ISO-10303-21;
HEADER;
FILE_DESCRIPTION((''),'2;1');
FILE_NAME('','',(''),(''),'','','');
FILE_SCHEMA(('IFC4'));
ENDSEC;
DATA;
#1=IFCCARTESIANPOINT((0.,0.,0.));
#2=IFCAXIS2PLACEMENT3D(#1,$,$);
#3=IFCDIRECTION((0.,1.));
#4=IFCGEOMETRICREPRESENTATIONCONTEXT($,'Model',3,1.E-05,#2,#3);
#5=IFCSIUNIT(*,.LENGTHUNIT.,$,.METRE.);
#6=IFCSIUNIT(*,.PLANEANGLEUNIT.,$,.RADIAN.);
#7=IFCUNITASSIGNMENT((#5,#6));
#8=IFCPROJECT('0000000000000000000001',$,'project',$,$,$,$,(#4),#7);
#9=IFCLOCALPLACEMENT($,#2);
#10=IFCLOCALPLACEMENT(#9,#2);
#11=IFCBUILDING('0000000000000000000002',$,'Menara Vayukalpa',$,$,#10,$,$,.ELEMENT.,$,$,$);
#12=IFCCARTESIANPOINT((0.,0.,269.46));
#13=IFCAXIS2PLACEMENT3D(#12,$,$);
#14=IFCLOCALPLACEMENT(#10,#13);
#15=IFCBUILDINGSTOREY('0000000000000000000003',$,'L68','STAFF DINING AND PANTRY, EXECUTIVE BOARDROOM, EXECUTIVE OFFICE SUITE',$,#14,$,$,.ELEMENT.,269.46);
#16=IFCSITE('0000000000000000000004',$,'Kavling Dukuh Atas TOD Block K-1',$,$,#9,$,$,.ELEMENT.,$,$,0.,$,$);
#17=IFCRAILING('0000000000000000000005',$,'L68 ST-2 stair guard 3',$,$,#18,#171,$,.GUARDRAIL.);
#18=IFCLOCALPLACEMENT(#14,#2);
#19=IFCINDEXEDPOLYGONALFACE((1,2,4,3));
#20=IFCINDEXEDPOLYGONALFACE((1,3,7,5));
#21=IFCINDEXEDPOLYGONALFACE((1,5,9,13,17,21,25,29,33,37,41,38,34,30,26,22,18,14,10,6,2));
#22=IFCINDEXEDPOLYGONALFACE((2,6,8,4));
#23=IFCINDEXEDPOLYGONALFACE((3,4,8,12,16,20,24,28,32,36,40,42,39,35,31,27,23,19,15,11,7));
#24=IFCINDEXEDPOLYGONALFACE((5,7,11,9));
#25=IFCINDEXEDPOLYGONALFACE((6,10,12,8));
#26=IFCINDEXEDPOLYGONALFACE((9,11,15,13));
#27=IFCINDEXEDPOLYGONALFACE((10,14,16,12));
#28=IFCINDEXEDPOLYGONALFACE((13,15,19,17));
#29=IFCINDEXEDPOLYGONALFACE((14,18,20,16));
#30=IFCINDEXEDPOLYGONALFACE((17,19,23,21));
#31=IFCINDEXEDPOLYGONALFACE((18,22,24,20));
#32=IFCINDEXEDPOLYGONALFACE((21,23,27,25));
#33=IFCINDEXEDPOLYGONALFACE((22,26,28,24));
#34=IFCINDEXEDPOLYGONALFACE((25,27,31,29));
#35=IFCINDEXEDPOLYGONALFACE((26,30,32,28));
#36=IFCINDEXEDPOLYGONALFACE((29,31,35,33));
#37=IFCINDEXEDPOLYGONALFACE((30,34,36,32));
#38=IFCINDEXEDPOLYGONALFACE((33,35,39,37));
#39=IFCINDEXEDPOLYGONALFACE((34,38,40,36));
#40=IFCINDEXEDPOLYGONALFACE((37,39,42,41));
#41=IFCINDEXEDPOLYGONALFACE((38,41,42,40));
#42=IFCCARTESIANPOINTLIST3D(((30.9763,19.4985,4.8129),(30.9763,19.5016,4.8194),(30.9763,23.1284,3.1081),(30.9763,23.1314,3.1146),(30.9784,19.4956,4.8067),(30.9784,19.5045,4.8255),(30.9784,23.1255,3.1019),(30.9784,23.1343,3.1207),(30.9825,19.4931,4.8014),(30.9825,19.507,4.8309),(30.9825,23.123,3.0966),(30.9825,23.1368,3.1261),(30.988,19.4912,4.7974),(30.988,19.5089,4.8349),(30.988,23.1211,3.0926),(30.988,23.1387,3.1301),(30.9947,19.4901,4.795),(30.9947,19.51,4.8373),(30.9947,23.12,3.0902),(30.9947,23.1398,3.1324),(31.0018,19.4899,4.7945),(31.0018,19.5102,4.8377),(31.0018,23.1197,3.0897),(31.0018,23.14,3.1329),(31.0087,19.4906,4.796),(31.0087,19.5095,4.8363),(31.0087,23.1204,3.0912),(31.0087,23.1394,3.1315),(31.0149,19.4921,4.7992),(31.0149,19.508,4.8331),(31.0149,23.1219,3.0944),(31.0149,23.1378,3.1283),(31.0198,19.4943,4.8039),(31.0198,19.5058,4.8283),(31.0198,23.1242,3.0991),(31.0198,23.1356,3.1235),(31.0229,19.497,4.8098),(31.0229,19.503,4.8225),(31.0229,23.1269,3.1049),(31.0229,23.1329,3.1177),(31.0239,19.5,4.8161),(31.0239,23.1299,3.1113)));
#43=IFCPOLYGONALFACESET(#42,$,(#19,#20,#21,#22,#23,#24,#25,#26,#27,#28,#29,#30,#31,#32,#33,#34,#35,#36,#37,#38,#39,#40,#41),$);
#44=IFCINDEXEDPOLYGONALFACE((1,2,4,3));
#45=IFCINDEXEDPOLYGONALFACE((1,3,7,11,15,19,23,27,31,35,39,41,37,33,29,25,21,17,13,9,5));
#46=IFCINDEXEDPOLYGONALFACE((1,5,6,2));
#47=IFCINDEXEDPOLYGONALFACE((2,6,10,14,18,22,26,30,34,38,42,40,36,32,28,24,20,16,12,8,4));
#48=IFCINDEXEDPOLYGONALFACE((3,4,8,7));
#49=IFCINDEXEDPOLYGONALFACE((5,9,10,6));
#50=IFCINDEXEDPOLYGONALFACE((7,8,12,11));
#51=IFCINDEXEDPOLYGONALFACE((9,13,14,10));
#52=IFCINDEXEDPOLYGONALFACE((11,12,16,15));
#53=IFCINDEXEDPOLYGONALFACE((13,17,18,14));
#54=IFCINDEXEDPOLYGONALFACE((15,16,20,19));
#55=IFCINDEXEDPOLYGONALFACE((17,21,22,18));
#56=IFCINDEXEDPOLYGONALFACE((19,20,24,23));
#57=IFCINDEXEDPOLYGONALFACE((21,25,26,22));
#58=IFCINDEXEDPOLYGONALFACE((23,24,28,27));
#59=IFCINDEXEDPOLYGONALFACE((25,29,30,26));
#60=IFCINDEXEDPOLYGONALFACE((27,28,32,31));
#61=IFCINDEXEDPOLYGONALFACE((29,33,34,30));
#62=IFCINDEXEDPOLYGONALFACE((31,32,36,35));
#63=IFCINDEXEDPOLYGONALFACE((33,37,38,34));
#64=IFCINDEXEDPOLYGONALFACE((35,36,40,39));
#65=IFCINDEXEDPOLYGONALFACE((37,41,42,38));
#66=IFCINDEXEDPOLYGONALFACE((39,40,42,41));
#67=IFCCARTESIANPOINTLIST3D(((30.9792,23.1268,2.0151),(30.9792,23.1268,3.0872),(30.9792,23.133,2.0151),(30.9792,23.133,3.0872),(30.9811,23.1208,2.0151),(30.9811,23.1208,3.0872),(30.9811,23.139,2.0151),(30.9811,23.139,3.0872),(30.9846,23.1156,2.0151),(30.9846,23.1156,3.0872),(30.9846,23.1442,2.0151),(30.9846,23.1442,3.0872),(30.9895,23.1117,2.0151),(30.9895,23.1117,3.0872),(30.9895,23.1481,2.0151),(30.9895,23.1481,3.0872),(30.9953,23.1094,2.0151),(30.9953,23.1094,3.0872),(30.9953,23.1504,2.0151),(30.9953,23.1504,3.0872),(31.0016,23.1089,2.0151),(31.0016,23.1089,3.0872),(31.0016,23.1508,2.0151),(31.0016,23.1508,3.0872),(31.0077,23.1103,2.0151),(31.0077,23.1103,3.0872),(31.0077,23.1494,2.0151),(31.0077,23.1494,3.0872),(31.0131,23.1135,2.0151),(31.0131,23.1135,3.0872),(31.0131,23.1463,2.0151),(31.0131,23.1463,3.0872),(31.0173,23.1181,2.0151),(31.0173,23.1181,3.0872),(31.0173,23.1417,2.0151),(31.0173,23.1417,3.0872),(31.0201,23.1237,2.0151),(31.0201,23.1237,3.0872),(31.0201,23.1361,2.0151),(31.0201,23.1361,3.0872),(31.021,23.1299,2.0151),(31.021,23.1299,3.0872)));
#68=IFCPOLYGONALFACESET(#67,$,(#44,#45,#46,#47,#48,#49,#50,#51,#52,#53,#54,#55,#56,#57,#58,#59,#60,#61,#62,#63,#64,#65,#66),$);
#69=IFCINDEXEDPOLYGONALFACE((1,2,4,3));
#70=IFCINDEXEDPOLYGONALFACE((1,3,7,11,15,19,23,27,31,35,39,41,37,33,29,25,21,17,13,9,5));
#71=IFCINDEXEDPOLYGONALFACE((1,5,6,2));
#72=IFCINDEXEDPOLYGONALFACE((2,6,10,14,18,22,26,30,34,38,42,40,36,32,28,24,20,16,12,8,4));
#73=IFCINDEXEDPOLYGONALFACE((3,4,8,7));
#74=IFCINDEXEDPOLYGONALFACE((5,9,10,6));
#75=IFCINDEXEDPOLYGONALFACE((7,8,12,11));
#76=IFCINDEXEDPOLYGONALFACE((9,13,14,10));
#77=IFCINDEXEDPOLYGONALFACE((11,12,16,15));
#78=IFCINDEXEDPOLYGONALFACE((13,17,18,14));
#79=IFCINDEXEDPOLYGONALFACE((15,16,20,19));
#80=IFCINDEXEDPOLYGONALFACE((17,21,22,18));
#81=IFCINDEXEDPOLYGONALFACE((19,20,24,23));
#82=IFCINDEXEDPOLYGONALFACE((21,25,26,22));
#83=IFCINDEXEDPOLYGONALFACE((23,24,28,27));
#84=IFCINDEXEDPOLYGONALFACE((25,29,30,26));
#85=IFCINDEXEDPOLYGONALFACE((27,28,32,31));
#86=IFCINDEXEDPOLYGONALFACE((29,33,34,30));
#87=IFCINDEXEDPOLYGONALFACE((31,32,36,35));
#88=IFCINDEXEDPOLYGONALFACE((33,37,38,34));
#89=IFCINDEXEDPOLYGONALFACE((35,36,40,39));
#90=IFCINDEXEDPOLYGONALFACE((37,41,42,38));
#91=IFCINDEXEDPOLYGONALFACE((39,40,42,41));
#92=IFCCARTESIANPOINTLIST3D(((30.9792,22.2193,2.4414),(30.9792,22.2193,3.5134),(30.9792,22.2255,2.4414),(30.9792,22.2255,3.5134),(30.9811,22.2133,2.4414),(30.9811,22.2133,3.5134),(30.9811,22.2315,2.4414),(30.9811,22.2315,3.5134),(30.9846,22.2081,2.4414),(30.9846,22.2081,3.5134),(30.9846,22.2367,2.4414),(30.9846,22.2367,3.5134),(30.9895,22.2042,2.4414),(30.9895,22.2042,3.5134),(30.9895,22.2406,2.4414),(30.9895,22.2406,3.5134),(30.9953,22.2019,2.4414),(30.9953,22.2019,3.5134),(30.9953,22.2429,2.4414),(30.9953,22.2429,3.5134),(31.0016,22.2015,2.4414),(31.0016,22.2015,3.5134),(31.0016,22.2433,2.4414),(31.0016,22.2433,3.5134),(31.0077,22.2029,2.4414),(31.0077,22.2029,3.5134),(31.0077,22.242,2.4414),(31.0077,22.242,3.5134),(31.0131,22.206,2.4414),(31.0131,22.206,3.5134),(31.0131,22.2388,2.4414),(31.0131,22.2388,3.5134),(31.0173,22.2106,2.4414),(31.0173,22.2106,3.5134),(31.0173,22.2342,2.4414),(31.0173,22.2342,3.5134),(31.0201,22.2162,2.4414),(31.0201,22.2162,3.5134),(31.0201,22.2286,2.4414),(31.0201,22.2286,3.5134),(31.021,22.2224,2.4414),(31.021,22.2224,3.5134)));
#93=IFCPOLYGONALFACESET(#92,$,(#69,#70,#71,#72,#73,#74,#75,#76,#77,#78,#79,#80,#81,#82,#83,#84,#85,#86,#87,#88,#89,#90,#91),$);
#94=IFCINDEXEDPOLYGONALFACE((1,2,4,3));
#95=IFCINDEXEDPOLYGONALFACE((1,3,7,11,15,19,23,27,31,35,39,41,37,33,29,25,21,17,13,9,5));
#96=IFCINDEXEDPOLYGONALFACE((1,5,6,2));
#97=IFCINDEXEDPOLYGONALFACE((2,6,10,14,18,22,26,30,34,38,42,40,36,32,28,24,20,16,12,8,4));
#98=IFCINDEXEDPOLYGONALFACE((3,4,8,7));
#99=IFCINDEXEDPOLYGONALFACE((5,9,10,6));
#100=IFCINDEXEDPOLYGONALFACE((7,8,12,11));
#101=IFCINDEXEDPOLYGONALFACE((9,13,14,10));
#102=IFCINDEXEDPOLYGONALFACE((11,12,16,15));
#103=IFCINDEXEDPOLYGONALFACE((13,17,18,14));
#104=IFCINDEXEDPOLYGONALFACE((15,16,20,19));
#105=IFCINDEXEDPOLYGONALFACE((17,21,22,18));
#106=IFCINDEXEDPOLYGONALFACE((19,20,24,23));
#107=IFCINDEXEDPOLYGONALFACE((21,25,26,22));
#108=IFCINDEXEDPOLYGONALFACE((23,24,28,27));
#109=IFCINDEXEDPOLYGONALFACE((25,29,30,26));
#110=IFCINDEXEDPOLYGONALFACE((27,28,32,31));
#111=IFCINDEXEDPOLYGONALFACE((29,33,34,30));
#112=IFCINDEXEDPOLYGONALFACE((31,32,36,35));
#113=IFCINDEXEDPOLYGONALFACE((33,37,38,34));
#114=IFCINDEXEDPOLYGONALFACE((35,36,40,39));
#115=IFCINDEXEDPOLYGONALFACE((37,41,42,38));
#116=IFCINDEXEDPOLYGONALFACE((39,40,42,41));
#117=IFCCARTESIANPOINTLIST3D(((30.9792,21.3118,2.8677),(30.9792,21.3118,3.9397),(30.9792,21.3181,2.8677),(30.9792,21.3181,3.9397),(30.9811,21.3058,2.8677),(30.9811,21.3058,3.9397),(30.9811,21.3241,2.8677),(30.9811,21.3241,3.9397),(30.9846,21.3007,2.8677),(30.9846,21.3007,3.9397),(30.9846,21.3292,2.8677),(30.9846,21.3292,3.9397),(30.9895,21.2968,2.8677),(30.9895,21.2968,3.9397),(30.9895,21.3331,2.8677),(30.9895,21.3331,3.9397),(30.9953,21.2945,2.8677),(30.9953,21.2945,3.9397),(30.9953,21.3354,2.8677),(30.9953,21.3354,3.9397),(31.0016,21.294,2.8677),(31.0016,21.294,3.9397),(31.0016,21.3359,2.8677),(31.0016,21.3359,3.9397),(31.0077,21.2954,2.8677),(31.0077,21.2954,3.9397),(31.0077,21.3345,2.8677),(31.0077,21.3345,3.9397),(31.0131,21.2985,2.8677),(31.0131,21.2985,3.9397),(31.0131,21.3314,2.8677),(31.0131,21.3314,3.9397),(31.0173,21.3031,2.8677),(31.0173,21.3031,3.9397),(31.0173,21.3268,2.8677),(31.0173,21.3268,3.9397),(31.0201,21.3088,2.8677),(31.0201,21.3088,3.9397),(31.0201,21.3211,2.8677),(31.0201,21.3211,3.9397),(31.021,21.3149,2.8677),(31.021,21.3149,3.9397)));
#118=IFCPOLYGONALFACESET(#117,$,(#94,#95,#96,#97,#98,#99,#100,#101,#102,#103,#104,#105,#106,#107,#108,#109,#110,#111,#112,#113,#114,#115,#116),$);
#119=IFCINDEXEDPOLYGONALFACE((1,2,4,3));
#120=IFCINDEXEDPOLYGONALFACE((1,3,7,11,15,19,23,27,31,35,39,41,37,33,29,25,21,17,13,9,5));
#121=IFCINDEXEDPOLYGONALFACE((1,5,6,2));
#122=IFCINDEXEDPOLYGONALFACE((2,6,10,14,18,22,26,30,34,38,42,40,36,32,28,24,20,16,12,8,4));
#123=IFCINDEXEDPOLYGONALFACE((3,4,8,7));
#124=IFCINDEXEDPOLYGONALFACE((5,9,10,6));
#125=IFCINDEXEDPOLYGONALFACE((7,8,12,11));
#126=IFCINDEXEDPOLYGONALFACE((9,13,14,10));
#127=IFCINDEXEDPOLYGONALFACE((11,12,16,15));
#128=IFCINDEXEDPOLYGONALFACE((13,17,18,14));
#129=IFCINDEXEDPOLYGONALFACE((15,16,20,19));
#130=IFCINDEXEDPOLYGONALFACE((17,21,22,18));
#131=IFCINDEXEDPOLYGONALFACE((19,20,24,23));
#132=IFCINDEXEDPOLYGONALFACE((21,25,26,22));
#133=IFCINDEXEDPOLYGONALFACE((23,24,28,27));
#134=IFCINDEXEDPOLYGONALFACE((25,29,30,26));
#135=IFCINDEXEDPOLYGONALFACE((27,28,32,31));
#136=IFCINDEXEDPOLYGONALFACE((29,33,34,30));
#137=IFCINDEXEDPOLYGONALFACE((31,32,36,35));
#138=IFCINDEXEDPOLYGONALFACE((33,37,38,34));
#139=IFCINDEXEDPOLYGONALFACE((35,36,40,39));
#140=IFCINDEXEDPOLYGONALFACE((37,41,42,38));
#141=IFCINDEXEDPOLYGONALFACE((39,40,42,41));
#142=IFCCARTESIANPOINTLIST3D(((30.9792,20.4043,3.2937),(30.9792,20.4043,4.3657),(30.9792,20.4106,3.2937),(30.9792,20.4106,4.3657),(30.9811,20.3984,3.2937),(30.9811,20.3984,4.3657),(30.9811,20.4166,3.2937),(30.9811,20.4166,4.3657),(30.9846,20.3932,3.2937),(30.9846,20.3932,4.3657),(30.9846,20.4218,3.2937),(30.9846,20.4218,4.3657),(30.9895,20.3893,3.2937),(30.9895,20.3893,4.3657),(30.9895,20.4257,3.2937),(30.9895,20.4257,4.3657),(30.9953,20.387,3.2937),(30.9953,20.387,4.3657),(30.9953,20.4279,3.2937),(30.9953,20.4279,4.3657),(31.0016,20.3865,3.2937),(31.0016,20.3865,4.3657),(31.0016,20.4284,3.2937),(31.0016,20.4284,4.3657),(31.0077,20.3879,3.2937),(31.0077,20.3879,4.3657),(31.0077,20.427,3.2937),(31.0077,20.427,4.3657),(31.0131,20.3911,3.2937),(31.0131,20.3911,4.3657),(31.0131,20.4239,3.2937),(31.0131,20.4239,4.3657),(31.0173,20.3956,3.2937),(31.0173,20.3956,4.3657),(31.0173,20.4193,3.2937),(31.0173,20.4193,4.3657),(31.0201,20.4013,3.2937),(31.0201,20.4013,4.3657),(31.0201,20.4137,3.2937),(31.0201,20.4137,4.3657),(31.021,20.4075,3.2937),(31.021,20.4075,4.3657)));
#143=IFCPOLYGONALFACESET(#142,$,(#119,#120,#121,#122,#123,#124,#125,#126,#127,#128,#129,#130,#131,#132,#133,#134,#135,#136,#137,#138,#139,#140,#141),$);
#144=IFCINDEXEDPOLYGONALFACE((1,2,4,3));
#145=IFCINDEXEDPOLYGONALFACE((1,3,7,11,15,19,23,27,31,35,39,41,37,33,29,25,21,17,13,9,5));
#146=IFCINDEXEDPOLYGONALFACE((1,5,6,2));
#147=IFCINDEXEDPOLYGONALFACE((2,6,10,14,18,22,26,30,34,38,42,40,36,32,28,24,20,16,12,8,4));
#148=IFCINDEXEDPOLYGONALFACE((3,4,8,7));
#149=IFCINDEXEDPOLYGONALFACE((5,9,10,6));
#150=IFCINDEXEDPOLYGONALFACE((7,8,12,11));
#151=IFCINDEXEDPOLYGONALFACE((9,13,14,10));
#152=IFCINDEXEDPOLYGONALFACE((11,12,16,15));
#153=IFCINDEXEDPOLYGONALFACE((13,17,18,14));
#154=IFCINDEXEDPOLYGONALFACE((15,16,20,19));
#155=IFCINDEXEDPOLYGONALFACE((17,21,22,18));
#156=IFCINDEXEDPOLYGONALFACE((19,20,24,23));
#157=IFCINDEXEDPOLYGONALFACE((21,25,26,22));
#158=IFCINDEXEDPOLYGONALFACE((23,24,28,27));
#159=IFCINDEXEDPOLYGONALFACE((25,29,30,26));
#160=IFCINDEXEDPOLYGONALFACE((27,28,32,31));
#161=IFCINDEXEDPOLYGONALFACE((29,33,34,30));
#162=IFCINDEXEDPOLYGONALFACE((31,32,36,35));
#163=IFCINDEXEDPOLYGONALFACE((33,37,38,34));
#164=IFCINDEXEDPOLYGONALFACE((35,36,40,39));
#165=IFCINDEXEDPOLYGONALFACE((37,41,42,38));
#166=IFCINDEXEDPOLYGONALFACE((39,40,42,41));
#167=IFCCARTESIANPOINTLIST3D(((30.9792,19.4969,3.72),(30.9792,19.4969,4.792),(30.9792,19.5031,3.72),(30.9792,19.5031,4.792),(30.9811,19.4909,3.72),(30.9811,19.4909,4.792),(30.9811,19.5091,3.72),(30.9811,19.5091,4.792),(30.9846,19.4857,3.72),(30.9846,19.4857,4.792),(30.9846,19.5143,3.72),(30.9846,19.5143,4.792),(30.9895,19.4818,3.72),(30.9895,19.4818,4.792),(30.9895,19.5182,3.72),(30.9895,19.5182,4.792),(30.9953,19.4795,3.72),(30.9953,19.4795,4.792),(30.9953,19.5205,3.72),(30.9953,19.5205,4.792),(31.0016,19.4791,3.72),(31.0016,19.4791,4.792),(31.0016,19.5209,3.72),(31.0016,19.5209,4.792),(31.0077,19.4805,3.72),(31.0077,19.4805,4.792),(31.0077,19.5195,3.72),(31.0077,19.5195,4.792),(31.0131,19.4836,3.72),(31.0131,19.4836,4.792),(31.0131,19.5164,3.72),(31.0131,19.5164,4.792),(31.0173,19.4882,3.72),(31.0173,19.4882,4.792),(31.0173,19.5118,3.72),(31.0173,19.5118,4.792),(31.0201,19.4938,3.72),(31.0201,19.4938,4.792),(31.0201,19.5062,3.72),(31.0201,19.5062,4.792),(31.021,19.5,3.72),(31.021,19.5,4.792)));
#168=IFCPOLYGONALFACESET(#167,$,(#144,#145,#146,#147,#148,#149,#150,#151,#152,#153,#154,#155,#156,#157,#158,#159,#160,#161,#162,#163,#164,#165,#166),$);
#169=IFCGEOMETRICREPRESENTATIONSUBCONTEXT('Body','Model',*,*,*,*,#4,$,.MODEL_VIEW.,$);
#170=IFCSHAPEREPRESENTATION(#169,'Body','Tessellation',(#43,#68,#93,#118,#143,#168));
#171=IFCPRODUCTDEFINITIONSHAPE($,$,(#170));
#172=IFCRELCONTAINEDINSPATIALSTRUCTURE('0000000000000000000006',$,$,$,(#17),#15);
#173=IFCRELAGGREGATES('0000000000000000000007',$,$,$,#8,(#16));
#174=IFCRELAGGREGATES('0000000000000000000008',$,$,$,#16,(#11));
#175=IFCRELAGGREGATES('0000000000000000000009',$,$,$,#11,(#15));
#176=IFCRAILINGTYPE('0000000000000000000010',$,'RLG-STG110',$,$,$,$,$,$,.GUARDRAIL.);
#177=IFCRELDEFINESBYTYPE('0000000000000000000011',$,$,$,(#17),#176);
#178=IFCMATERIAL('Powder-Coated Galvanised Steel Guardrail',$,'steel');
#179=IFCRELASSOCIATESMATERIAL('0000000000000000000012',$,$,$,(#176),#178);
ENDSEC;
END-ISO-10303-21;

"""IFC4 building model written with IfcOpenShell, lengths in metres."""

from ifc_helpers import new_model, si_unit, direction, frame, origin, origin_2d, place, context, subcontext, project, spatial, circle, extrude, material, type_object, element, save


model = new_model("IFC4")

# Units and contexts
model_context = context("Model", 3, precision=1e-05, world=origin(), true_north=direction((0.0, 1.0)))
body_context = subcontext(model_context, "Body", "Model", "MODEL_VIEW")
ifc_project = project(units=[si_unit("LENGTHUNIT", "METRE"), si_unit("PLANEANGLEUNIT", "RADIAN")], contexts=[model_context])

# Site, building, storey
site_placement = place(None, origin())
site = spatial("IfcSite", under=ifc_project, at=site_placement, Name="Kavling Dukuh Atas TOD Block K-1", CompositionType="ELEMENT", RefElevation=0.0)
building_placement = place(site_placement, origin())
building = spatial("IfcBuilding", under=site, at=building_placement, Name="Menara Vayukalpa", CompositionType="ELEMENT")
storey_placement = place(building_placement, frame((0.0, 0.0, 269.46)))
storey = spatial("IfcBuildingStorey", under=building, at=storey_placement, Name="L68", Description="STAFF DINING AND PANTRY, EXECUTIVE BOARDROOM, EXECUTIVE OFFICE SUITE", CompositionType="ELEMENT", Elevation=269.46)

# Railing
ifc_material_1 = material(Name="Powder-Coated Galvanised Steel Guardrail", Category="steel")
railing_type_1 = type_object("IfcRailingType", Name="RLG-STG110", PredefinedType="GUARDRAIL", material=ifc_material_1)
railing_1_placement = place(storey_placement, frame((31.0, 23.1299, 2.0151)))
element("IfcRailing", 1, at=railing_1_placement, inside=storey, type_object=railing_type_1, Name="L68 ST-2 stair guard 3", PredefinedType="GUARDRAIL", context=body_context, shape_type="SweptSolid", body=[
    extrude(circle(Radius=0.0239, at=origin_2d()), frame((0.0, 0.0, 1.0962), z_axis=(0.0, -0.90514, 0.425114), x_axis=(1.0, 0.0, 0.0)), (0.0, 0.0, 1.0), 4.0103),
    extrude(circle(Radius=0.021, at=origin_2d()), origin(), (0.0, 0.0, 1.0), 1.072),
    extrude(circle(Radius=0.021, at=origin_2d()), frame((0.0, -0.9075, 0.4263)), (0.0, 0.0, 1.0), 1.072),
    extrude(circle(Radius=0.021, at=origin_2d()), frame((0.0, -1.8149, 0.8525)), (0.0, 0.0, 1.0), 1.072),
    extrude(circle(Radius=0.021, at=origin_2d()), frame((0.0, -2.7224, 1.2786)), (0.0, 0.0, 1.0), 1.072),
    extrude(circle(Radius=0.021, at=origin_2d()), frame((0.0, -3.6299, 1.7048)), (0.0, 0.0, 1.0), 1.072),
])

save(model, "model.ifc")
